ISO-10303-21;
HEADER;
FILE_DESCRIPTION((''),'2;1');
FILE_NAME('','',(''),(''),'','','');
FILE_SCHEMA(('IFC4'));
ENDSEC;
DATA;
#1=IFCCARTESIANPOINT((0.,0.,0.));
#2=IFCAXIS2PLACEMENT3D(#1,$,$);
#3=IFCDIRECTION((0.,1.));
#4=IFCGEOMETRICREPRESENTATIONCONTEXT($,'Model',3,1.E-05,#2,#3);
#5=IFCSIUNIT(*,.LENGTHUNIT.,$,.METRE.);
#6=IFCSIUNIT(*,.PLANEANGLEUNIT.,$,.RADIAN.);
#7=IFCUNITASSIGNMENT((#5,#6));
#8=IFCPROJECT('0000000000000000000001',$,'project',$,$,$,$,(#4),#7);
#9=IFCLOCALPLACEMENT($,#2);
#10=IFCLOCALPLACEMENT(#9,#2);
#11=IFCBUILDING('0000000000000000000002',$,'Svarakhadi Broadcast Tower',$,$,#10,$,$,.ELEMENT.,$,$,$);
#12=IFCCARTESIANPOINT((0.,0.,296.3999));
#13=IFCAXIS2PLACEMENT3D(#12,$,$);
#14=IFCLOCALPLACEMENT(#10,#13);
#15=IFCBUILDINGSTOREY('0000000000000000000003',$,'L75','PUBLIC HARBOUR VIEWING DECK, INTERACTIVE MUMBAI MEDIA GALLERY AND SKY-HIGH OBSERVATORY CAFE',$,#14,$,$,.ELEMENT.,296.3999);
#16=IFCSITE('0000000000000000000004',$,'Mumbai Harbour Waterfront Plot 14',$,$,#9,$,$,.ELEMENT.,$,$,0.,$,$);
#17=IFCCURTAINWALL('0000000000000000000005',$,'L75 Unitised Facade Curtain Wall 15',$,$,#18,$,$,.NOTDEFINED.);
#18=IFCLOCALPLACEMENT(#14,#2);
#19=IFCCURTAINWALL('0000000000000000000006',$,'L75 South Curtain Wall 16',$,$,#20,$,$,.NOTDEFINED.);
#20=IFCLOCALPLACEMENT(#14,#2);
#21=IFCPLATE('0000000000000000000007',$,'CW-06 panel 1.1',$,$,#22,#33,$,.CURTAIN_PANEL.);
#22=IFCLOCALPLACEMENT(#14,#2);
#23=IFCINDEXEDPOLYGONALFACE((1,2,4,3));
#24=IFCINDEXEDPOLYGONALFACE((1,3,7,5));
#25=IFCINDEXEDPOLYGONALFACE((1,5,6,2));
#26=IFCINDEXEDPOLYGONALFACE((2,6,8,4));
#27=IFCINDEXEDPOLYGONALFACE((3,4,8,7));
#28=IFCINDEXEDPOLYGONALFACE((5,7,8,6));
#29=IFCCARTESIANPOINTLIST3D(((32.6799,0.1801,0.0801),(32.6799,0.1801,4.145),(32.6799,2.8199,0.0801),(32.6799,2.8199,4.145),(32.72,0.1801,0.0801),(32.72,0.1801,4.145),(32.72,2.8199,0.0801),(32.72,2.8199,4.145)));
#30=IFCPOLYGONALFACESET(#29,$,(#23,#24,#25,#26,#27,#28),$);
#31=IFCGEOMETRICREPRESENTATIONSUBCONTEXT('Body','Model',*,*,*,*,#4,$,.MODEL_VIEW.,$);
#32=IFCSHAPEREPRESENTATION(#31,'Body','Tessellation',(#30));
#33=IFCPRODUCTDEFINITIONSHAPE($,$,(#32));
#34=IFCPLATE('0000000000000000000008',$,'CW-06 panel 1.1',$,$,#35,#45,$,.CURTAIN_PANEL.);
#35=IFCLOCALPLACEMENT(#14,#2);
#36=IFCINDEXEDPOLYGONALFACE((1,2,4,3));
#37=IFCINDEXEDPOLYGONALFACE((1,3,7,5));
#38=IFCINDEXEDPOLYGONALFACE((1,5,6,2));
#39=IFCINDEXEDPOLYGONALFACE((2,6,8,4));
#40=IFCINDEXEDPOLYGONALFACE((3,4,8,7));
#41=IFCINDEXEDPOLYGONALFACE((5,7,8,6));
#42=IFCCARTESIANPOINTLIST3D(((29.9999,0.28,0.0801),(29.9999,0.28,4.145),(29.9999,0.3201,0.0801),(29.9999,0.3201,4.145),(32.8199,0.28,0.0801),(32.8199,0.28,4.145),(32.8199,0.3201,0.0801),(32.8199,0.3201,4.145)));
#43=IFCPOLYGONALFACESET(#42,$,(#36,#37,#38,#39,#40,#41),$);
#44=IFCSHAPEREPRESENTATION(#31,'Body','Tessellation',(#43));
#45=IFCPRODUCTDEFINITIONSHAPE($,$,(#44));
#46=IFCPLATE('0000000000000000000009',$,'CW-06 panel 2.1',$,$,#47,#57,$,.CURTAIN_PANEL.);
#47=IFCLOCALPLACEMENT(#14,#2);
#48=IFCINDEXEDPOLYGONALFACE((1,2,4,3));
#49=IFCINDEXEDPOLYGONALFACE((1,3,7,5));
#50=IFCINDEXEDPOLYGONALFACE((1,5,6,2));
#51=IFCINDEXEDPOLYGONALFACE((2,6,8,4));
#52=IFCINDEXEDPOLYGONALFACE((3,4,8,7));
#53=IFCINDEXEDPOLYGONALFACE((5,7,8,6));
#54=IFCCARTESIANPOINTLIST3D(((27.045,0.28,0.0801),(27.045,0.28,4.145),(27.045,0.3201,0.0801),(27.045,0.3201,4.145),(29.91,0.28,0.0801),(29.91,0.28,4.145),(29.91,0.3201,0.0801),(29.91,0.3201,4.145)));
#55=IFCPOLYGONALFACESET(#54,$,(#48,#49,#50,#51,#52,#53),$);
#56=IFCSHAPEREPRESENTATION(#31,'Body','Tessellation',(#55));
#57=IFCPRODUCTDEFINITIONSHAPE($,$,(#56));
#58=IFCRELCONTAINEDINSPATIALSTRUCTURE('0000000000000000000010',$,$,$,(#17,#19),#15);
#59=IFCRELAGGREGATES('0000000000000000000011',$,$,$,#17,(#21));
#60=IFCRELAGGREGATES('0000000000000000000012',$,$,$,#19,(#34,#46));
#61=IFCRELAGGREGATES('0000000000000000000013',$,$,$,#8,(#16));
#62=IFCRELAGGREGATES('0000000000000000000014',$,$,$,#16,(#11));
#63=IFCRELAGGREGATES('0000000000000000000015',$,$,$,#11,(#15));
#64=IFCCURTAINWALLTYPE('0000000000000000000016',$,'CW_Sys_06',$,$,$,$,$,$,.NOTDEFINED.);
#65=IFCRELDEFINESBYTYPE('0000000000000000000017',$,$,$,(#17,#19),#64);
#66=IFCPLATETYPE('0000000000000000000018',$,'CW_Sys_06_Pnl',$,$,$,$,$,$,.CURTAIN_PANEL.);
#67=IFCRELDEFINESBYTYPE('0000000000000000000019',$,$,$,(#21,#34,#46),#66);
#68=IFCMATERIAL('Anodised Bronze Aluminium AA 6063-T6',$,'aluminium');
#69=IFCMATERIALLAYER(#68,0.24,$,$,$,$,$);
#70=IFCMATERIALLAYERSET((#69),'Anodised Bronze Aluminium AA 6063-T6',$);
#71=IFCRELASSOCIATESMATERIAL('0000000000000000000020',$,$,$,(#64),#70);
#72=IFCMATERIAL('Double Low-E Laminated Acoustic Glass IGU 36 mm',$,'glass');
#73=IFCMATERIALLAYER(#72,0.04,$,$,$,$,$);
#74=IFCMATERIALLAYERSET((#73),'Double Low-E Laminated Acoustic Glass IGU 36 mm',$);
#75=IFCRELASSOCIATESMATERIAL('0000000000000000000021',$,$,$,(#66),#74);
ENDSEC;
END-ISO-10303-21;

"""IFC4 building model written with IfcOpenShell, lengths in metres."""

from ifc_helpers import new_model, si_unit, direction, frame, origin, origin_2d, place, context, subcontext, project, spatial, rectangle, extrude, material, layer, layer_set, type_object, element, aggregate, save


model = new_model("IFC4")

# Units and contexts
model_context = context("Model", 3, precision=1e-05, world=origin(), true_north=direction((0.0, 1.0)))
body_context = subcontext(model_context, "Body", "Model", "MODEL_VIEW")
ifc_project = project(units=[si_unit("LENGTHUNIT", "METRE"), si_unit("PLANEANGLEUNIT", "RADIAN")], contexts=[model_context])

# Site, building, storey
site_placement = place(None, origin())
site = spatial("IfcSite", under=ifc_project, at=site_placement, Name="Mumbai Harbour Waterfront Plot 14", CompositionType="ELEMENT", RefElevation=0.0)
building_placement = place(site_placement, origin())
building = spatial("IfcBuilding", under=site, at=building_placement, Name="Svarakhadi Broadcast Tower", CompositionType="ELEMENT")
storey_placement = place(building_placement, frame((0.0, 0.0, 296.3999)))
storey = spatial("IfcBuildingStorey", under=building, at=storey_placement, Name="L75", Description="PUBLIC HARBOUR VIEWING DECK, INTERACTIVE MUMBAI MEDIA GALLERY AND SKY-HIGH OBSERVATORY CAFE", CompositionType="ELEMENT", Elevation=296.3999)

# Shared definitions
ifc_material_1 = material(Name="Anodised Bronze Aluminium AA 6063-T6", Category="aluminium")
ifc_layer_1 = layer(ifc_material_1, 0.24)
ifc_layer_set_1 = layer_set([ifc_layer_1], Name="Anodised Bronze Aluminium AA 6063-T6")
curtain_wall_type = type_object("IfcCurtainWallType", Name="CW_Sys_06", PredefinedType="NOTDEFINED", material=ifc_layer_set_1)

# Curtain walls
curtain_wall_1_placement = place(storey_placement, origin())
curtain_wall_1 = element("IfcCurtainWall", 1, at=curtain_wall_1_placement, inside=storey, type_object=curtain_wall_type, Name="L75 Unitised Facade Curtain Wall 15", PredefinedType="NOTDEFINED")
curtain_wall_2_placement = place(storey_placement, origin())
curtain_wall_2 = element("IfcCurtainWall", 2, at=curtain_wall_2_placement, inside=storey, type_object=curtain_wall_type, Name="L75 South Curtain Wall 16", PredefinedType="NOTDEFINED")

# Plates
ifc_material_2 = material(Name="Double Low-E Laminated Acoustic Glass IGU 36 mm", Category="glass")
ifc_layer_2 = layer(ifc_material_2, 0.04)
ifc_layer_set_2 = layer_set([ifc_layer_2], Name="Double Low-E Laminated Acoustic Glass IGU 36 mm")
plate_type = type_object("IfcPlateType", Name="CW_Sys_06_Pnl", PredefinedType="CURTAIN_PANEL", material=ifc_layer_set_2)
plate_1_placement = place(storey_placement, frame((32.7, 1.5, 0.0801), z_axis=(0.0, 0.0, 1.0), x_axis=(0.0, -1.0, 0.0)))
plate_1 = element("IfcPlate", 3, at=plate_1_placement, type_object=plate_type, Name="CW-06 panel 1.1", PredefinedType="CURTAIN_PANEL", context=body_context, shape_type="SweptSolid", body=[
    extrude(rectangle(XDim=2.6399, YDim=0.04, at=origin_2d()), origin(), (0.0, 0.0, 1.0), 4.0649),
])
aggregate(curtain_wall_1, [plate_1])
plate_2_placement = place(storey_placement, frame((31.4099, 0.3, 0.0801), z_axis=(0.0, 0.0, 1.0), x_axis=(-1.0, 0.0, 0.0)))
plate_2 = element("IfcPlate", 4, at=plate_2_placement, type_object=plate_type, Name="CW-06 panel 1.1", PredefinedType="CURTAIN_PANEL", context=body_context, shape_type="SweptSolid", body=[
    extrude(rectangle(XDim=2.8201, YDim=0.04, at=origin_2d()), origin(), (0.0, 0.0, 1.0), 4.0649),
])
plate_3_placement = place(storey_placement, frame((28.4775, 0.3, 0.0801), z_axis=(0.0, 0.0, 1.0), x_axis=(-1.0, 0.0, 0.0)))
plate_3 = element("IfcPlate", 5, at=plate_3_placement, type_object=plate_type, Name="CW-06 panel 2.1", PredefinedType="CURTAIN_PANEL", context=body_context, shape_type="SweptSolid", body=[
    extrude(rectangle(XDim=2.865, YDim=0.04, at=origin_2d()), origin(), (0.0, 0.0, 1.0), 4.0649),
])
aggregate(curtain_wall_2, [plate_2, plate_3])

save(model, "model.ifc")
